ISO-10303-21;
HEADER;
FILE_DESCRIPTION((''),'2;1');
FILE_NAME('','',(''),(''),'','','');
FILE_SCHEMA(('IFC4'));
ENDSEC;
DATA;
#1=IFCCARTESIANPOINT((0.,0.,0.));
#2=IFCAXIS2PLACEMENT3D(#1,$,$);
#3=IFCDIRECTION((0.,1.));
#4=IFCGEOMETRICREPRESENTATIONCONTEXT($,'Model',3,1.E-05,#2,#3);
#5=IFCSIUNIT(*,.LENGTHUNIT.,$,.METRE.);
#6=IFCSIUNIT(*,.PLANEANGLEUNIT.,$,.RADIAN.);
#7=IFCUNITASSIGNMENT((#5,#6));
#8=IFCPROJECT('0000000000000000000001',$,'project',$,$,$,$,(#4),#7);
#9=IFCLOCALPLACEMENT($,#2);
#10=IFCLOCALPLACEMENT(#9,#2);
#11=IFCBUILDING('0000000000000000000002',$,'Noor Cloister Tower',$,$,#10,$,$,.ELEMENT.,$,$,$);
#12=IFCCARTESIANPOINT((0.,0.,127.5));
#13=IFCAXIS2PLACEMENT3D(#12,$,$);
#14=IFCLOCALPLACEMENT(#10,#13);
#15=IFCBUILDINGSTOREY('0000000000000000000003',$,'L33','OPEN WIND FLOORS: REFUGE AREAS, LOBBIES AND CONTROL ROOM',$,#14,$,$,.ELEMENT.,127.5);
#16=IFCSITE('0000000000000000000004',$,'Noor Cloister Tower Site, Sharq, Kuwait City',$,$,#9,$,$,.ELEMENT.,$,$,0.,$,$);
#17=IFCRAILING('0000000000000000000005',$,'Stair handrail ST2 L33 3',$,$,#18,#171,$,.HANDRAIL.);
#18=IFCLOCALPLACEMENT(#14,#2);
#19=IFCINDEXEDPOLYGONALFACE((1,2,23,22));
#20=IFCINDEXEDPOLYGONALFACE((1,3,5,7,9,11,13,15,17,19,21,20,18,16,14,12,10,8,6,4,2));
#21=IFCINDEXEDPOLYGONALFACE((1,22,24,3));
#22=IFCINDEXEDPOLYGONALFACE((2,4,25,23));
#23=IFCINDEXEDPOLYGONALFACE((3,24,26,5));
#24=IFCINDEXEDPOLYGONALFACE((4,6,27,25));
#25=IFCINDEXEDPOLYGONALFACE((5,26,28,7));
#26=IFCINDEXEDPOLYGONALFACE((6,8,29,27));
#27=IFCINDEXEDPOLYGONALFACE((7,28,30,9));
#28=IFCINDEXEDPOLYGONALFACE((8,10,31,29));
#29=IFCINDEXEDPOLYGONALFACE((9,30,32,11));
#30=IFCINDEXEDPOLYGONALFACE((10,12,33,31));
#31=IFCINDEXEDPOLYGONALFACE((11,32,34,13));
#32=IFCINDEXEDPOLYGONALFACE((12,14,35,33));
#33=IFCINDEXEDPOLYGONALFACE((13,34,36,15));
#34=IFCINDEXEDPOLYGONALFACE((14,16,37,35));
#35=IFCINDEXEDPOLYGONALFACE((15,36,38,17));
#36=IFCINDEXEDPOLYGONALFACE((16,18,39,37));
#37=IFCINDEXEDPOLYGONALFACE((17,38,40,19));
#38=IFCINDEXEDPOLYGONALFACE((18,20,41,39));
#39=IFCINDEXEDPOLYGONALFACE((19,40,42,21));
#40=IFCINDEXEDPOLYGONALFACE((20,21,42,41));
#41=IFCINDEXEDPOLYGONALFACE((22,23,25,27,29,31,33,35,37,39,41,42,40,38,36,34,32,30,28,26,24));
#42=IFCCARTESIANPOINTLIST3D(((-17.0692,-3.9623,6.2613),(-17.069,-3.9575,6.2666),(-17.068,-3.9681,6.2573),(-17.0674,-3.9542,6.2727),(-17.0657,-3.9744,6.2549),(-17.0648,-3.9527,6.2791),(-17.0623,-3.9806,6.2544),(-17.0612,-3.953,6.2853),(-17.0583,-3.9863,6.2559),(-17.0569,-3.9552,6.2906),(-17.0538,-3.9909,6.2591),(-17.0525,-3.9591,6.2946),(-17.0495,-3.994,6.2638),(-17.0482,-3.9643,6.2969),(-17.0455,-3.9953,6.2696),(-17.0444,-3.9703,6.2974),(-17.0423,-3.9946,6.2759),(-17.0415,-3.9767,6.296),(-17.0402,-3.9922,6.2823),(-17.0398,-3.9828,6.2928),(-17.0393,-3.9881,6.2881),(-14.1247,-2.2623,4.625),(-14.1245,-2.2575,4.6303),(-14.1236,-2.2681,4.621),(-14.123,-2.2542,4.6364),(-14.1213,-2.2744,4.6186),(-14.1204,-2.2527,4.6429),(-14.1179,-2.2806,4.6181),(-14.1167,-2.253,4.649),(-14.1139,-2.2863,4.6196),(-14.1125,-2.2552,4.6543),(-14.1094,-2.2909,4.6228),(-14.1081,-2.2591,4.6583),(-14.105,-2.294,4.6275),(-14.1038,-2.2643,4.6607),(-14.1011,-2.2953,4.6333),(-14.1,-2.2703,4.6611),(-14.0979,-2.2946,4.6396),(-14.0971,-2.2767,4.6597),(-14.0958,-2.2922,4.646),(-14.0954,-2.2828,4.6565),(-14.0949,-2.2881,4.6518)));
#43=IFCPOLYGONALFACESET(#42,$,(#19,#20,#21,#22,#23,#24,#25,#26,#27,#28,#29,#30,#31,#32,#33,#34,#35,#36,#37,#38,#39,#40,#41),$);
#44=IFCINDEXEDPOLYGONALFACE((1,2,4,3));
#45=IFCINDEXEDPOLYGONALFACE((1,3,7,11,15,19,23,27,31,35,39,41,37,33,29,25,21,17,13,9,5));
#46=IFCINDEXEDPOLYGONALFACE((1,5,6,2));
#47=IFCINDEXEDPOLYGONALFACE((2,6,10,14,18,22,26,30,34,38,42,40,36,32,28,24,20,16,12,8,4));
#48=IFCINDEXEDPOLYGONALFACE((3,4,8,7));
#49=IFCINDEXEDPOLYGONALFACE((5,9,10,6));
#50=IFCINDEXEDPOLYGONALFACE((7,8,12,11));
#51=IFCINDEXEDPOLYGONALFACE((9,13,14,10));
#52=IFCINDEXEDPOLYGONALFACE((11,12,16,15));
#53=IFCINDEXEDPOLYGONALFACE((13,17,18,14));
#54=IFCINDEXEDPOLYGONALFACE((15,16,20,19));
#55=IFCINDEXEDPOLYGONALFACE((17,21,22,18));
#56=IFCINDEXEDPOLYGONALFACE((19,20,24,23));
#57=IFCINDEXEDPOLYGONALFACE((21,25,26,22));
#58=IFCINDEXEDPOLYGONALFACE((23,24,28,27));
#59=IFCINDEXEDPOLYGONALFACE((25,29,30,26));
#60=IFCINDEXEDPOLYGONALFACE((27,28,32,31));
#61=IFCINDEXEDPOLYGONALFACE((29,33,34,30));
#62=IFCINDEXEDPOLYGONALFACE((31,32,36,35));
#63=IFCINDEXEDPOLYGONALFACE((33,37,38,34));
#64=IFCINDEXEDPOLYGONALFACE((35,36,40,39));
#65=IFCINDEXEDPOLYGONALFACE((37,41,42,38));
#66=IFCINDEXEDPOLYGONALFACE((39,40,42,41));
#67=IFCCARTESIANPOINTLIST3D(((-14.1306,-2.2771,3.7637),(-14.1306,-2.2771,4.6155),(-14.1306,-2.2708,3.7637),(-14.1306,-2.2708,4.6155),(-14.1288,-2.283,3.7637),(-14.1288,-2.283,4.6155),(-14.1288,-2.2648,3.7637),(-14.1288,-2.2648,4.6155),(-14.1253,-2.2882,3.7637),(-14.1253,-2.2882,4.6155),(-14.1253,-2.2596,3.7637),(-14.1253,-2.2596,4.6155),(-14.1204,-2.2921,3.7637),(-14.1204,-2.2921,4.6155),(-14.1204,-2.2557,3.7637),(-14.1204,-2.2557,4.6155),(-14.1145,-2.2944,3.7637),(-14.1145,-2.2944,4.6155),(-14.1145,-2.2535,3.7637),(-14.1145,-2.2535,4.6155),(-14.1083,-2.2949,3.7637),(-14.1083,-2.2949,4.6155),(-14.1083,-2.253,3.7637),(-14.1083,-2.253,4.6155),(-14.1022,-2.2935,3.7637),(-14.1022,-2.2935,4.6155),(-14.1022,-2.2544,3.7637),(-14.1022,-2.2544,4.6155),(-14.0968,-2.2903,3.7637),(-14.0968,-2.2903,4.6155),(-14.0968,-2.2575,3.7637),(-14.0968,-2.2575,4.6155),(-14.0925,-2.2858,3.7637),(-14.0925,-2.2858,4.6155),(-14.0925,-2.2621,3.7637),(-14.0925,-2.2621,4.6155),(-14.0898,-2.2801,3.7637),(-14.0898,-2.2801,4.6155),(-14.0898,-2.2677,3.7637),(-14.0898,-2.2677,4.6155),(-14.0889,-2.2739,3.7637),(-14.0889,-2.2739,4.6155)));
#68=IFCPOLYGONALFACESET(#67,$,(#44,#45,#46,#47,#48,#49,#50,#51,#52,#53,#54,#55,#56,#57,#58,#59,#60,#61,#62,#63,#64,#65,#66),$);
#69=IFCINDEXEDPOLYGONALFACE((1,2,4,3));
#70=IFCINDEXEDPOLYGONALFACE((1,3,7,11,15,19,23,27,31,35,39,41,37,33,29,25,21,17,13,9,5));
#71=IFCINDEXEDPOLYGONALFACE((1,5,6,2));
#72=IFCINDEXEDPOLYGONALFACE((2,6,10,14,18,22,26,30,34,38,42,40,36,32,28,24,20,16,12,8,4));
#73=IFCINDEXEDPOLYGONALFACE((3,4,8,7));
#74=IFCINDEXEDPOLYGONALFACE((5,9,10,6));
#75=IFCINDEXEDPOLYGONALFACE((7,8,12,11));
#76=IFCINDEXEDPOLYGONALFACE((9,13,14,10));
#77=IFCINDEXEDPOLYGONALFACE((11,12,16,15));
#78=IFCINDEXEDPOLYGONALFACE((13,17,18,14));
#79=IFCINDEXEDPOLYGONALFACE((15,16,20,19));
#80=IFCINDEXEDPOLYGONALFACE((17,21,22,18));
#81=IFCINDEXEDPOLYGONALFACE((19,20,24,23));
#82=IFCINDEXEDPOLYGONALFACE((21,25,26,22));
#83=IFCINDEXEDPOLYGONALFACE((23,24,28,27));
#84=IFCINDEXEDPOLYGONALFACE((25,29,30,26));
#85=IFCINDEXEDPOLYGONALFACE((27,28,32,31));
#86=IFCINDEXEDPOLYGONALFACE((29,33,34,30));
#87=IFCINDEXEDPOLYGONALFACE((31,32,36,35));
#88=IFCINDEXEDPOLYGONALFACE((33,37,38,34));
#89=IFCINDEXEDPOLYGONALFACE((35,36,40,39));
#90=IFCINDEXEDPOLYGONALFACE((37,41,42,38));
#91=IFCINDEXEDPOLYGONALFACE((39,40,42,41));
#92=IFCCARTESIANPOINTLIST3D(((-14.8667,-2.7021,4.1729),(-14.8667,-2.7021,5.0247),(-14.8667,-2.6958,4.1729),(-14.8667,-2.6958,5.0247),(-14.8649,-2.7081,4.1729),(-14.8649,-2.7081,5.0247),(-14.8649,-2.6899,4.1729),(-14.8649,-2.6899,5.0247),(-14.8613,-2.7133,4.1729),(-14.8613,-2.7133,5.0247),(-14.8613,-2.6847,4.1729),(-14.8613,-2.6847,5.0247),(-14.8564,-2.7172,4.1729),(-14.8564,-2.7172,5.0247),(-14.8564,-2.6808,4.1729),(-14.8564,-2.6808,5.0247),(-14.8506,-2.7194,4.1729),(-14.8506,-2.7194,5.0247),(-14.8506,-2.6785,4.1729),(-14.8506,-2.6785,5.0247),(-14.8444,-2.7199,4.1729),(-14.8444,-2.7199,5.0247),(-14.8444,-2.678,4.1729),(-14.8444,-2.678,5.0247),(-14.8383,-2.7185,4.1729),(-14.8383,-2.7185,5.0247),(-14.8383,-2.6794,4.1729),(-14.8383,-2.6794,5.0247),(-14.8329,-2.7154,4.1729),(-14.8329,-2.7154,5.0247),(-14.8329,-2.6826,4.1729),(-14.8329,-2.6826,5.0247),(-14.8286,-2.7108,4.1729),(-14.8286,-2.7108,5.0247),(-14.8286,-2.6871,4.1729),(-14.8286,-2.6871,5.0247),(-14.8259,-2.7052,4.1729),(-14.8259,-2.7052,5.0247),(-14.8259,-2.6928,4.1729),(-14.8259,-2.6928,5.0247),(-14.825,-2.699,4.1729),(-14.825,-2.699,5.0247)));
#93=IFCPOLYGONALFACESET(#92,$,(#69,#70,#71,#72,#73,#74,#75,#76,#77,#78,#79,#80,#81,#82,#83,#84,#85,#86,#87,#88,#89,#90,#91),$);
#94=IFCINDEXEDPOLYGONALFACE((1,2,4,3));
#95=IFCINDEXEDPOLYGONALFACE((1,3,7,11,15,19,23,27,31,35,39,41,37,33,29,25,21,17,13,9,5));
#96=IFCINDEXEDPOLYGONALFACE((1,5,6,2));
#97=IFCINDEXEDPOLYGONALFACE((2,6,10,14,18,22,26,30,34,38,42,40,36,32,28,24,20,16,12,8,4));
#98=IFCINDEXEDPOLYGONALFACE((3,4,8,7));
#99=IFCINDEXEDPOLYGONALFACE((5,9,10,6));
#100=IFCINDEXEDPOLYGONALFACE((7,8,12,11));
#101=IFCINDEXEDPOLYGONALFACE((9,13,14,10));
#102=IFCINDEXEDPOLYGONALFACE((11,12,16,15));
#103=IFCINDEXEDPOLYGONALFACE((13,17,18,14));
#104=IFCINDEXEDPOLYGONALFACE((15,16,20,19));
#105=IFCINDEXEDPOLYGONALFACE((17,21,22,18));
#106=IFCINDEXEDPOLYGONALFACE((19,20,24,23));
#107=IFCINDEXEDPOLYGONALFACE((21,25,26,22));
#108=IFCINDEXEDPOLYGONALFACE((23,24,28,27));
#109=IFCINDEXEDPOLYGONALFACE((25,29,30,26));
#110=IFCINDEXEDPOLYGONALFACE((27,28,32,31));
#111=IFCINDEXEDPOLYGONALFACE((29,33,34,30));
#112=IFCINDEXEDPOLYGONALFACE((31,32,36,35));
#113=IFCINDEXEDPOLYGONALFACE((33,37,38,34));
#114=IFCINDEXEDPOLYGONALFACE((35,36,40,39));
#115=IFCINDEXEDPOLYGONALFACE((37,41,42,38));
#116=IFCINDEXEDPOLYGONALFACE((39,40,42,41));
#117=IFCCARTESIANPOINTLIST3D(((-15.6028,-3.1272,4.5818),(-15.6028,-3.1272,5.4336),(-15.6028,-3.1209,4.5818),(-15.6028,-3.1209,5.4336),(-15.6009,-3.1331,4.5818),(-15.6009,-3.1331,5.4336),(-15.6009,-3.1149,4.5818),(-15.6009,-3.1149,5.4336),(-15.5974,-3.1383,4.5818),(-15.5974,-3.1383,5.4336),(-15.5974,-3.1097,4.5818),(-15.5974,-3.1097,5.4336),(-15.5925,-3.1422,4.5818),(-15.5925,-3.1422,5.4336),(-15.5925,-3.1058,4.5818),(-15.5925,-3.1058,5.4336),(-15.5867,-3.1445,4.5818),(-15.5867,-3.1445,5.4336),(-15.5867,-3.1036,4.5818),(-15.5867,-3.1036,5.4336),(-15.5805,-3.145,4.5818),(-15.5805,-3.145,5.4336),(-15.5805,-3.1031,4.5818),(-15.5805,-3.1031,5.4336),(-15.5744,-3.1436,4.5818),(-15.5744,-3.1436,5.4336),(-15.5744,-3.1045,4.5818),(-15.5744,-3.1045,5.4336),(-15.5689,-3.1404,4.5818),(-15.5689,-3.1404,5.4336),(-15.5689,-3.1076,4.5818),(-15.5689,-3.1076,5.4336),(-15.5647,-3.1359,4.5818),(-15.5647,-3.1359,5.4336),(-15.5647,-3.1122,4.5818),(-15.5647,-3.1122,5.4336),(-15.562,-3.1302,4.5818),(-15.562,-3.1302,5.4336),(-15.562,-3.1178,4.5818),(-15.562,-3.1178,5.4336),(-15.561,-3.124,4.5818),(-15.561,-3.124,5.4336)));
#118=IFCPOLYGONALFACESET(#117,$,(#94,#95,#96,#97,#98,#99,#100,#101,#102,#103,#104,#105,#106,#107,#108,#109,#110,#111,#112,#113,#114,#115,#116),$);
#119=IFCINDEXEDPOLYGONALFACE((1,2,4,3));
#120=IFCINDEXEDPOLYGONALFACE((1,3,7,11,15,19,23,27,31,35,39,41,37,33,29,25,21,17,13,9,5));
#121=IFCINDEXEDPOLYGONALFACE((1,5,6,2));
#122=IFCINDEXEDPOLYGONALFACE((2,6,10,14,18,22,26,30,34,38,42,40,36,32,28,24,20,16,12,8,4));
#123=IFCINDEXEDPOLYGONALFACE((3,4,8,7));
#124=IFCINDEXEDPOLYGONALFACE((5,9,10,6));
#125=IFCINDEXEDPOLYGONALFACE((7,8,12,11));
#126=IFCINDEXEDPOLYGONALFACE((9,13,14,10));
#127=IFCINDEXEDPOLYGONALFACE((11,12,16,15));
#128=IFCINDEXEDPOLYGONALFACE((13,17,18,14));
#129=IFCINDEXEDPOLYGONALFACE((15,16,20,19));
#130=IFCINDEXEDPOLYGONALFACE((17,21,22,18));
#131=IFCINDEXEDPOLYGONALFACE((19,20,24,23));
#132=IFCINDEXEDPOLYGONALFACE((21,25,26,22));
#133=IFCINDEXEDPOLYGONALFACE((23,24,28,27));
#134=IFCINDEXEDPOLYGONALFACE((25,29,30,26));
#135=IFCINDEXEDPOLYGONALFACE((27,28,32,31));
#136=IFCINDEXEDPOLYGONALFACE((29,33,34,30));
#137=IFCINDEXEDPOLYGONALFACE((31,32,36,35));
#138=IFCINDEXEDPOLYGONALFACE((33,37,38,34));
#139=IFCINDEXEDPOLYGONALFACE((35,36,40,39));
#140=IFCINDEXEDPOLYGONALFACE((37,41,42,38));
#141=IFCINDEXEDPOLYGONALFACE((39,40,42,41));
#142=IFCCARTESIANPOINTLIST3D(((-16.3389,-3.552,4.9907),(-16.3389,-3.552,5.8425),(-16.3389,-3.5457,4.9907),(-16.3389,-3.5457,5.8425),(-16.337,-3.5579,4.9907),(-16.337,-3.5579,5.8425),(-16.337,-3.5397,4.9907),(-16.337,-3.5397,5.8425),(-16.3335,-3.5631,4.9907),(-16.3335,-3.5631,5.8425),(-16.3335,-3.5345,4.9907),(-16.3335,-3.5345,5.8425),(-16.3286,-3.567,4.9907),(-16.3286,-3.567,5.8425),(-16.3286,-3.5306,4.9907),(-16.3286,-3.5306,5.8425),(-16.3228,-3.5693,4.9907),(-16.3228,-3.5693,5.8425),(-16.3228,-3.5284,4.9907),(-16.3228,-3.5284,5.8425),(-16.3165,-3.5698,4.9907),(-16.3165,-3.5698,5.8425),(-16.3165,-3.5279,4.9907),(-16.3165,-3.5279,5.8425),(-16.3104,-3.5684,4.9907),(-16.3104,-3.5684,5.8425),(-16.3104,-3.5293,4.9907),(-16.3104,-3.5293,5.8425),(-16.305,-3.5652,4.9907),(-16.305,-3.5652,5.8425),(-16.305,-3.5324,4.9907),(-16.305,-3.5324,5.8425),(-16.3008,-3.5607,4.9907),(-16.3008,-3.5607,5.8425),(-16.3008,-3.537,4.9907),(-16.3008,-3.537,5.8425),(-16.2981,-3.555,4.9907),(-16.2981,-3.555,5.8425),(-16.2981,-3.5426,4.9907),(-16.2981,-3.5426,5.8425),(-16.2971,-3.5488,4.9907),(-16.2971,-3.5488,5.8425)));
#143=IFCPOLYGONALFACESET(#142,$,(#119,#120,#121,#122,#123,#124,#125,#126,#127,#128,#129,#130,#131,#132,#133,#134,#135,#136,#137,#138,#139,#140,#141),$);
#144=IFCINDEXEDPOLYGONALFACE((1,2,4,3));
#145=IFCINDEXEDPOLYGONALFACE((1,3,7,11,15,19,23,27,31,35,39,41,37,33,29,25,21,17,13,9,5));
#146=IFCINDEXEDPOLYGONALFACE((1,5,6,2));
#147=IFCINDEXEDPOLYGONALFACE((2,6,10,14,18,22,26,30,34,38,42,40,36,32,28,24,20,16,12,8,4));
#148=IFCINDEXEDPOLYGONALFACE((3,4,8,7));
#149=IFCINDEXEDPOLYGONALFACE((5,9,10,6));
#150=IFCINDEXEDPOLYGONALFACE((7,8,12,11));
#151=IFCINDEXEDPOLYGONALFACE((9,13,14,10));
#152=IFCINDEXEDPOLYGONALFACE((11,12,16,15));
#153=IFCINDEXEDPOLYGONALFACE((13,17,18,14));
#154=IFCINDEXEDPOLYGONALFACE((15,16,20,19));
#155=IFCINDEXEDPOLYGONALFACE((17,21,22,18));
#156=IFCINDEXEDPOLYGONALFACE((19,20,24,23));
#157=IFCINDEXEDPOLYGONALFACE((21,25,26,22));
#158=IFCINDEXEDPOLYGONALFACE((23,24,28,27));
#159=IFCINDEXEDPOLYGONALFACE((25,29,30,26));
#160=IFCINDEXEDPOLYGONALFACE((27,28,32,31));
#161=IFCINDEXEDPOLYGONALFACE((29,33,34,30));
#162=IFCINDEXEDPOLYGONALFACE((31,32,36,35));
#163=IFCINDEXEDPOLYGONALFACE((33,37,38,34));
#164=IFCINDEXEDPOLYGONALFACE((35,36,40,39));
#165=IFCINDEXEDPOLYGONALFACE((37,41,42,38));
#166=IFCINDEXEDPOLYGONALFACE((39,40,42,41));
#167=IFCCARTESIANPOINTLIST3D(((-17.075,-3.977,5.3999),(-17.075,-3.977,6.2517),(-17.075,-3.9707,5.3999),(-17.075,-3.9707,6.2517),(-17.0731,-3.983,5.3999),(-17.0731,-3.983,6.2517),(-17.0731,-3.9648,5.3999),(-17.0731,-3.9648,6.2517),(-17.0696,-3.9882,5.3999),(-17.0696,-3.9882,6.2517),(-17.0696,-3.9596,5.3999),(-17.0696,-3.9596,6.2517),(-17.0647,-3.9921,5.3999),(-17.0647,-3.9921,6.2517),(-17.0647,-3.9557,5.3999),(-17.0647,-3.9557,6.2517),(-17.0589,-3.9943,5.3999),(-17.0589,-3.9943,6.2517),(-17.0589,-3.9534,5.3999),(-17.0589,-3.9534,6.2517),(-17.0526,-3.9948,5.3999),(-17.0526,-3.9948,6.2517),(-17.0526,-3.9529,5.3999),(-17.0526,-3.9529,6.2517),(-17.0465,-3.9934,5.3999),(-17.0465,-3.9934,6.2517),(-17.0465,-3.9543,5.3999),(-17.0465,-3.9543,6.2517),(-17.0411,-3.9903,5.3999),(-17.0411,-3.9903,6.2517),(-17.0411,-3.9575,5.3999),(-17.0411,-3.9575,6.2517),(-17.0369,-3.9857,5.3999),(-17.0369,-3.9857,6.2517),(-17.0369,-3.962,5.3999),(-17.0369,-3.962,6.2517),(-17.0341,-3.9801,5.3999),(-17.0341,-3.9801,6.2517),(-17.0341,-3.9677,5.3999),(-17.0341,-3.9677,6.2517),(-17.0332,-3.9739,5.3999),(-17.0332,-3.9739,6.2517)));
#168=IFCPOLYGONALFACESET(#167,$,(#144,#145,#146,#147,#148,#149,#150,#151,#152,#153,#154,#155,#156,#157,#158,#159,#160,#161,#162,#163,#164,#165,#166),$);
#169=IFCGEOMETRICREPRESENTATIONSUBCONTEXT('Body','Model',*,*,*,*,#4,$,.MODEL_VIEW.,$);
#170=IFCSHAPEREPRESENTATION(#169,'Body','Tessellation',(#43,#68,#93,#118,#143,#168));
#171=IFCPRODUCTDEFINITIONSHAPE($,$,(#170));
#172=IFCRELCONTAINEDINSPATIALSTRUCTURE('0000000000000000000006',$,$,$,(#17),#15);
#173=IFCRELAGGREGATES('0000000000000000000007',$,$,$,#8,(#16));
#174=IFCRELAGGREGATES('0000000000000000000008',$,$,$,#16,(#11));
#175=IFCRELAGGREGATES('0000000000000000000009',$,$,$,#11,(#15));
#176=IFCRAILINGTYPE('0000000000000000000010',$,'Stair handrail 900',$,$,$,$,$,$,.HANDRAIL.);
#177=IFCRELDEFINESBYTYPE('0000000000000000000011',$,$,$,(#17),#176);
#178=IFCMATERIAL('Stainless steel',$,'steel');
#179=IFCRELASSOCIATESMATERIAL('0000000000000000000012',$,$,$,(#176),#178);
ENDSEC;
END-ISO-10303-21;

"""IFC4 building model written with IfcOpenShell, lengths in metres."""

from ifc_helpers import new_model, si_unit, direction, frame, origin, origin_2d, place, context, subcontext, project, spatial, circle, extrude, material, type_object, element, save


model = new_model("IFC4")

# Units and contexts
model_context = context("Model", 3, precision=1e-05, world=origin(), true_north=direction((0.0, 1.0)))
body_context = subcontext(model_context, "Body", "Model", "MODEL_VIEW")
ifc_project = project(units=[si_unit("LENGTHUNIT", "METRE"), si_unit("PLANEANGLEUNIT", "RADIAN")], contexts=[model_context])

# Site, building, storey
site_placement = place(None, origin())
site = spatial("IfcSite", under=ifc_project, at=site_placement, Name="Noor Cloister Tower Site, Sharq, Kuwait City", CompositionType="ELEMENT", RefElevation=0.0)
building_placement = place(site_placement, origin())
building = spatial("IfcBuilding", under=site, at=building_placement, Name="Noor Cloister Tower", CompositionType="ELEMENT")
storey_placement = place(building_placement, frame((0.0, 0.0, 127.5)))
storey = spatial("IfcBuildingStorey", under=building, at=storey_placement, Name="L33", Description="OPEN WIND FLOORS: REFUGE AREAS, LOBBIES AND CONTROL ROOM", CompositionType="ELEMENT", Elevation=127.5)

# Railing
ifc_material_1 = material(Name="Stainless steel", Category="steel")
railing_type_1 = type_object("IfcRailingType", Name="Stair handrail 900", PredefinedType="HANDRAIL", material=ifc_material_1)
railing_1_placement = place(storey_placement, frame((-14.1099, -2.2739, 3.7637)))
element("IfcRailing", 1, at=railing_1_placement, inside=storey, type_object=railing_type_1, Name="Stair handrail ST2 L33 3", PredefinedType="HANDRAIL", context=body_context, shape_type="SweptSolid", body=[
    extrude(circle(Radius=0.0239, at=origin_2d()), frame((0.0, 0.0, 0.876), z_axis=(-0.780352, -0.450546, 0.433658), x_axis=(0.500008, -0.866021, 0.0)), (0.0, 0.0, 1.0), 3.7732),
    extrude(circle(Radius=0.021, at=origin_2d()), origin(), (0.0, 0.0, 1.0), 0.8518),
    extrude(circle(Radius=0.021, at=origin_2d()), frame((-0.7361, -0.425, 0.4092)), (0.0, 0.0, 1.0), 0.8518),
    extrude(circle(Radius=0.021, at=origin_2d()), frame((-1.4722, -0.8501, 0.8181)), (0.0, 0.0, 1.0), 0.8518),
    extrude(circle(Radius=0.021, at=origin_2d()), frame((-2.2083, -1.2749, 1.2271)), (0.0, 0.0, 1.0), 0.8518),
    extrude(circle(Radius=0.021, at=origin_2d()), frame((-2.9443, -1.7, 1.6362)), (0.0, 0.0, 1.0), 0.8518),
])

save(model, "model.ifc")
